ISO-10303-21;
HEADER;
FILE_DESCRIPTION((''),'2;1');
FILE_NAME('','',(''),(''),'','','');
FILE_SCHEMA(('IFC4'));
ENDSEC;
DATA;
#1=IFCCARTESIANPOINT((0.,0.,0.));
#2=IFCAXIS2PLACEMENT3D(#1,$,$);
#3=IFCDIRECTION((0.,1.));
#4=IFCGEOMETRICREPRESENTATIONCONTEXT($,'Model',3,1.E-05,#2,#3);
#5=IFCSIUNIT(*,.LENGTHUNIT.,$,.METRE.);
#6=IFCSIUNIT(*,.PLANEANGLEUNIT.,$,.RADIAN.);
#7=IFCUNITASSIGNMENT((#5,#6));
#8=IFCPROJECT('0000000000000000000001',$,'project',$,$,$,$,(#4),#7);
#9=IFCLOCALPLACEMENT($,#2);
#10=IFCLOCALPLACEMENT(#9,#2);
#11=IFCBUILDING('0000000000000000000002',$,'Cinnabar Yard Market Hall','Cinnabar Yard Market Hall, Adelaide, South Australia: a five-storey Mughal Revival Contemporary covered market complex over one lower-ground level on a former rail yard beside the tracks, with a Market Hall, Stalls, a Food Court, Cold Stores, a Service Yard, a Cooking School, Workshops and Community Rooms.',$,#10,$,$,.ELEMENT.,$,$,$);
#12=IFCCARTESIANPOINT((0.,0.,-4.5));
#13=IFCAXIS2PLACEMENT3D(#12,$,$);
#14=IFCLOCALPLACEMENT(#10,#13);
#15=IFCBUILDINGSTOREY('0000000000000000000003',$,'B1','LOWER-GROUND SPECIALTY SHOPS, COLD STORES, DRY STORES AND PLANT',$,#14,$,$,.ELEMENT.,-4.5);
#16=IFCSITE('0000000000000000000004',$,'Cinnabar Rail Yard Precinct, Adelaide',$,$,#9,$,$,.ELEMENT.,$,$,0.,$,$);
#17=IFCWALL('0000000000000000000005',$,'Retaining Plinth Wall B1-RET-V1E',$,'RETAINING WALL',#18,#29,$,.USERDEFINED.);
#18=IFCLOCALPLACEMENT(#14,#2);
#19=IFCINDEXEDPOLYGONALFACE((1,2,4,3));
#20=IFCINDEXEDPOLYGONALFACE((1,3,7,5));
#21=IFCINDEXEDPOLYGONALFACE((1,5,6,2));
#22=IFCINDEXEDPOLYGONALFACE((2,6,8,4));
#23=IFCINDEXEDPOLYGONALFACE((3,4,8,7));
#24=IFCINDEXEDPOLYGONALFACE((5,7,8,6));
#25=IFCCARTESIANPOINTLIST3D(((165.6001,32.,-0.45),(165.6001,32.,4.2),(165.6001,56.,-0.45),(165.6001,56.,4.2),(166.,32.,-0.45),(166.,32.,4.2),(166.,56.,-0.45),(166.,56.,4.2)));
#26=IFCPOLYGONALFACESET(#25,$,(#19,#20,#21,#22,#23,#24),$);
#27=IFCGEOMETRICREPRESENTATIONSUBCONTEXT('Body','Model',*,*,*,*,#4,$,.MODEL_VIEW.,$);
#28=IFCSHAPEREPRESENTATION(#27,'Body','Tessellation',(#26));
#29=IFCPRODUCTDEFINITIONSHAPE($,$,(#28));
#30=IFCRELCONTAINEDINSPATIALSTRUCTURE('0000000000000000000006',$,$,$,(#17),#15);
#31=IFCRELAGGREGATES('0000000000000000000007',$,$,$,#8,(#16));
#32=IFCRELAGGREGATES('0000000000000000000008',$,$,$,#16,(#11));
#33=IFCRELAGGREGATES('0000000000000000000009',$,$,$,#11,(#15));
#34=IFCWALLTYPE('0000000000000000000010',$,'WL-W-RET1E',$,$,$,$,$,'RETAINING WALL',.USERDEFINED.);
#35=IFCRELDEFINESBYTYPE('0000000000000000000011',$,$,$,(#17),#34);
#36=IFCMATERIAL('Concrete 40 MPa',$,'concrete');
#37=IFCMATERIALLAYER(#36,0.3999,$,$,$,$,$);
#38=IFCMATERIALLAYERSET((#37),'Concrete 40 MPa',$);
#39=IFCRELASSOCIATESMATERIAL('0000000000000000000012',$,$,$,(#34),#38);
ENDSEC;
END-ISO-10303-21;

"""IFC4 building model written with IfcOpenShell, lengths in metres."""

from ifc_helpers import new_model, si_unit, direction, frame, frame_2d, origin, place, context, subcontext, project, spatial, rectangle, extrude, material, layer, layer_set, type_object, element, save


model = new_model("IFC4")

# Units and contexts
model_context = context("Model", 3, precision=1e-05, world=origin(), true_north=direction((0.0, 1.0)))
body_context = subcontext(model_context, "Body", "Model", "MODEL_VIEW")
ifc_project = project(units=[si_unit("LENGTHUNIT", "METRE"), si_unit("PLANEANGLEUNIT", "RADIAN")], contexts=[model_context])

# Site, building, storey
site_placement = place(None, origin())
site = spatial("IfcSite", under=ifc_project, at=site_placement, Name="Cinnabar Rail Yard Precinct, Adelaide", CompositionType="ELEMENT", RefElevation=0.0)
building_placement = place(site_placement, origin())
building = spatial("IfcBuilding", under=site, at=building_placement, Name="Cinnabar Yard Market Hall", Description="Cinnabar Yard Market Hall, Adelaide, South Australia: a five-storey Mughal Revival Contemporary covered market complex over one lower-ground level on a former rail yard beside the tracks, with a Market Hall, Stalls, a Food Court, Cold Stores, a Service Yard, a Cooking School, Workshops and Community Rooms.", CompositionType="ELEMENT")
storey_placement = place(building_placement, frame((0.0, 0.0, -4.5)))
storey = spatial("IfcBuildingStorey", under=building, at=storey_placement, Name="B1", Description="LOWER-GROUND SPECIALTY SHOPS, COLD STORES, DRY STORES AND PLANT", CompositionType="ELEMENT", Elevation=-4.5)

# Shared definitions
ifc_material_1 = material(Name="Concrete 40 MPa", Category="concrete")

# Wall
ifc_layer_1 = layer(ifc_material_1, 0.3999)
ifc_layer_set_1 = layer_set([ifc_layer_1], Name="Concrete 40 MPa")
wall_type = type_object("IfcWallType", Name="WL-W-RET1E", ElementType="RETAINING WALL", PredefinedType="USERDEFINED", material=ifc_layer_set_1)
wall_placement = place(storey_placement, frame((165.8, 32.0, -0.45), z_axis=(0.0, 0.0, 1.0), x_axis=(0.0, 1.0, 0.0)))
element("IfcWall", 1, at=wall_placement, inside=storey, type_object=wall_type, Name="Retaining Plinth Wall B1-RET-V1E", ObjectType="RETAINING WALL", PredefinedType="USERDEFINED", context=body_context, shape_type="SweptSolid", body=[
    extrude(rectangle(XDim=24.0, YDim=0.3999, at=frame_2d((12.0, 0.0), x_axis=(1.0, 0.0))), origin(), (0.0, 0.0, 1.0), 4.6499),
])

save(model, "model.ifc")
